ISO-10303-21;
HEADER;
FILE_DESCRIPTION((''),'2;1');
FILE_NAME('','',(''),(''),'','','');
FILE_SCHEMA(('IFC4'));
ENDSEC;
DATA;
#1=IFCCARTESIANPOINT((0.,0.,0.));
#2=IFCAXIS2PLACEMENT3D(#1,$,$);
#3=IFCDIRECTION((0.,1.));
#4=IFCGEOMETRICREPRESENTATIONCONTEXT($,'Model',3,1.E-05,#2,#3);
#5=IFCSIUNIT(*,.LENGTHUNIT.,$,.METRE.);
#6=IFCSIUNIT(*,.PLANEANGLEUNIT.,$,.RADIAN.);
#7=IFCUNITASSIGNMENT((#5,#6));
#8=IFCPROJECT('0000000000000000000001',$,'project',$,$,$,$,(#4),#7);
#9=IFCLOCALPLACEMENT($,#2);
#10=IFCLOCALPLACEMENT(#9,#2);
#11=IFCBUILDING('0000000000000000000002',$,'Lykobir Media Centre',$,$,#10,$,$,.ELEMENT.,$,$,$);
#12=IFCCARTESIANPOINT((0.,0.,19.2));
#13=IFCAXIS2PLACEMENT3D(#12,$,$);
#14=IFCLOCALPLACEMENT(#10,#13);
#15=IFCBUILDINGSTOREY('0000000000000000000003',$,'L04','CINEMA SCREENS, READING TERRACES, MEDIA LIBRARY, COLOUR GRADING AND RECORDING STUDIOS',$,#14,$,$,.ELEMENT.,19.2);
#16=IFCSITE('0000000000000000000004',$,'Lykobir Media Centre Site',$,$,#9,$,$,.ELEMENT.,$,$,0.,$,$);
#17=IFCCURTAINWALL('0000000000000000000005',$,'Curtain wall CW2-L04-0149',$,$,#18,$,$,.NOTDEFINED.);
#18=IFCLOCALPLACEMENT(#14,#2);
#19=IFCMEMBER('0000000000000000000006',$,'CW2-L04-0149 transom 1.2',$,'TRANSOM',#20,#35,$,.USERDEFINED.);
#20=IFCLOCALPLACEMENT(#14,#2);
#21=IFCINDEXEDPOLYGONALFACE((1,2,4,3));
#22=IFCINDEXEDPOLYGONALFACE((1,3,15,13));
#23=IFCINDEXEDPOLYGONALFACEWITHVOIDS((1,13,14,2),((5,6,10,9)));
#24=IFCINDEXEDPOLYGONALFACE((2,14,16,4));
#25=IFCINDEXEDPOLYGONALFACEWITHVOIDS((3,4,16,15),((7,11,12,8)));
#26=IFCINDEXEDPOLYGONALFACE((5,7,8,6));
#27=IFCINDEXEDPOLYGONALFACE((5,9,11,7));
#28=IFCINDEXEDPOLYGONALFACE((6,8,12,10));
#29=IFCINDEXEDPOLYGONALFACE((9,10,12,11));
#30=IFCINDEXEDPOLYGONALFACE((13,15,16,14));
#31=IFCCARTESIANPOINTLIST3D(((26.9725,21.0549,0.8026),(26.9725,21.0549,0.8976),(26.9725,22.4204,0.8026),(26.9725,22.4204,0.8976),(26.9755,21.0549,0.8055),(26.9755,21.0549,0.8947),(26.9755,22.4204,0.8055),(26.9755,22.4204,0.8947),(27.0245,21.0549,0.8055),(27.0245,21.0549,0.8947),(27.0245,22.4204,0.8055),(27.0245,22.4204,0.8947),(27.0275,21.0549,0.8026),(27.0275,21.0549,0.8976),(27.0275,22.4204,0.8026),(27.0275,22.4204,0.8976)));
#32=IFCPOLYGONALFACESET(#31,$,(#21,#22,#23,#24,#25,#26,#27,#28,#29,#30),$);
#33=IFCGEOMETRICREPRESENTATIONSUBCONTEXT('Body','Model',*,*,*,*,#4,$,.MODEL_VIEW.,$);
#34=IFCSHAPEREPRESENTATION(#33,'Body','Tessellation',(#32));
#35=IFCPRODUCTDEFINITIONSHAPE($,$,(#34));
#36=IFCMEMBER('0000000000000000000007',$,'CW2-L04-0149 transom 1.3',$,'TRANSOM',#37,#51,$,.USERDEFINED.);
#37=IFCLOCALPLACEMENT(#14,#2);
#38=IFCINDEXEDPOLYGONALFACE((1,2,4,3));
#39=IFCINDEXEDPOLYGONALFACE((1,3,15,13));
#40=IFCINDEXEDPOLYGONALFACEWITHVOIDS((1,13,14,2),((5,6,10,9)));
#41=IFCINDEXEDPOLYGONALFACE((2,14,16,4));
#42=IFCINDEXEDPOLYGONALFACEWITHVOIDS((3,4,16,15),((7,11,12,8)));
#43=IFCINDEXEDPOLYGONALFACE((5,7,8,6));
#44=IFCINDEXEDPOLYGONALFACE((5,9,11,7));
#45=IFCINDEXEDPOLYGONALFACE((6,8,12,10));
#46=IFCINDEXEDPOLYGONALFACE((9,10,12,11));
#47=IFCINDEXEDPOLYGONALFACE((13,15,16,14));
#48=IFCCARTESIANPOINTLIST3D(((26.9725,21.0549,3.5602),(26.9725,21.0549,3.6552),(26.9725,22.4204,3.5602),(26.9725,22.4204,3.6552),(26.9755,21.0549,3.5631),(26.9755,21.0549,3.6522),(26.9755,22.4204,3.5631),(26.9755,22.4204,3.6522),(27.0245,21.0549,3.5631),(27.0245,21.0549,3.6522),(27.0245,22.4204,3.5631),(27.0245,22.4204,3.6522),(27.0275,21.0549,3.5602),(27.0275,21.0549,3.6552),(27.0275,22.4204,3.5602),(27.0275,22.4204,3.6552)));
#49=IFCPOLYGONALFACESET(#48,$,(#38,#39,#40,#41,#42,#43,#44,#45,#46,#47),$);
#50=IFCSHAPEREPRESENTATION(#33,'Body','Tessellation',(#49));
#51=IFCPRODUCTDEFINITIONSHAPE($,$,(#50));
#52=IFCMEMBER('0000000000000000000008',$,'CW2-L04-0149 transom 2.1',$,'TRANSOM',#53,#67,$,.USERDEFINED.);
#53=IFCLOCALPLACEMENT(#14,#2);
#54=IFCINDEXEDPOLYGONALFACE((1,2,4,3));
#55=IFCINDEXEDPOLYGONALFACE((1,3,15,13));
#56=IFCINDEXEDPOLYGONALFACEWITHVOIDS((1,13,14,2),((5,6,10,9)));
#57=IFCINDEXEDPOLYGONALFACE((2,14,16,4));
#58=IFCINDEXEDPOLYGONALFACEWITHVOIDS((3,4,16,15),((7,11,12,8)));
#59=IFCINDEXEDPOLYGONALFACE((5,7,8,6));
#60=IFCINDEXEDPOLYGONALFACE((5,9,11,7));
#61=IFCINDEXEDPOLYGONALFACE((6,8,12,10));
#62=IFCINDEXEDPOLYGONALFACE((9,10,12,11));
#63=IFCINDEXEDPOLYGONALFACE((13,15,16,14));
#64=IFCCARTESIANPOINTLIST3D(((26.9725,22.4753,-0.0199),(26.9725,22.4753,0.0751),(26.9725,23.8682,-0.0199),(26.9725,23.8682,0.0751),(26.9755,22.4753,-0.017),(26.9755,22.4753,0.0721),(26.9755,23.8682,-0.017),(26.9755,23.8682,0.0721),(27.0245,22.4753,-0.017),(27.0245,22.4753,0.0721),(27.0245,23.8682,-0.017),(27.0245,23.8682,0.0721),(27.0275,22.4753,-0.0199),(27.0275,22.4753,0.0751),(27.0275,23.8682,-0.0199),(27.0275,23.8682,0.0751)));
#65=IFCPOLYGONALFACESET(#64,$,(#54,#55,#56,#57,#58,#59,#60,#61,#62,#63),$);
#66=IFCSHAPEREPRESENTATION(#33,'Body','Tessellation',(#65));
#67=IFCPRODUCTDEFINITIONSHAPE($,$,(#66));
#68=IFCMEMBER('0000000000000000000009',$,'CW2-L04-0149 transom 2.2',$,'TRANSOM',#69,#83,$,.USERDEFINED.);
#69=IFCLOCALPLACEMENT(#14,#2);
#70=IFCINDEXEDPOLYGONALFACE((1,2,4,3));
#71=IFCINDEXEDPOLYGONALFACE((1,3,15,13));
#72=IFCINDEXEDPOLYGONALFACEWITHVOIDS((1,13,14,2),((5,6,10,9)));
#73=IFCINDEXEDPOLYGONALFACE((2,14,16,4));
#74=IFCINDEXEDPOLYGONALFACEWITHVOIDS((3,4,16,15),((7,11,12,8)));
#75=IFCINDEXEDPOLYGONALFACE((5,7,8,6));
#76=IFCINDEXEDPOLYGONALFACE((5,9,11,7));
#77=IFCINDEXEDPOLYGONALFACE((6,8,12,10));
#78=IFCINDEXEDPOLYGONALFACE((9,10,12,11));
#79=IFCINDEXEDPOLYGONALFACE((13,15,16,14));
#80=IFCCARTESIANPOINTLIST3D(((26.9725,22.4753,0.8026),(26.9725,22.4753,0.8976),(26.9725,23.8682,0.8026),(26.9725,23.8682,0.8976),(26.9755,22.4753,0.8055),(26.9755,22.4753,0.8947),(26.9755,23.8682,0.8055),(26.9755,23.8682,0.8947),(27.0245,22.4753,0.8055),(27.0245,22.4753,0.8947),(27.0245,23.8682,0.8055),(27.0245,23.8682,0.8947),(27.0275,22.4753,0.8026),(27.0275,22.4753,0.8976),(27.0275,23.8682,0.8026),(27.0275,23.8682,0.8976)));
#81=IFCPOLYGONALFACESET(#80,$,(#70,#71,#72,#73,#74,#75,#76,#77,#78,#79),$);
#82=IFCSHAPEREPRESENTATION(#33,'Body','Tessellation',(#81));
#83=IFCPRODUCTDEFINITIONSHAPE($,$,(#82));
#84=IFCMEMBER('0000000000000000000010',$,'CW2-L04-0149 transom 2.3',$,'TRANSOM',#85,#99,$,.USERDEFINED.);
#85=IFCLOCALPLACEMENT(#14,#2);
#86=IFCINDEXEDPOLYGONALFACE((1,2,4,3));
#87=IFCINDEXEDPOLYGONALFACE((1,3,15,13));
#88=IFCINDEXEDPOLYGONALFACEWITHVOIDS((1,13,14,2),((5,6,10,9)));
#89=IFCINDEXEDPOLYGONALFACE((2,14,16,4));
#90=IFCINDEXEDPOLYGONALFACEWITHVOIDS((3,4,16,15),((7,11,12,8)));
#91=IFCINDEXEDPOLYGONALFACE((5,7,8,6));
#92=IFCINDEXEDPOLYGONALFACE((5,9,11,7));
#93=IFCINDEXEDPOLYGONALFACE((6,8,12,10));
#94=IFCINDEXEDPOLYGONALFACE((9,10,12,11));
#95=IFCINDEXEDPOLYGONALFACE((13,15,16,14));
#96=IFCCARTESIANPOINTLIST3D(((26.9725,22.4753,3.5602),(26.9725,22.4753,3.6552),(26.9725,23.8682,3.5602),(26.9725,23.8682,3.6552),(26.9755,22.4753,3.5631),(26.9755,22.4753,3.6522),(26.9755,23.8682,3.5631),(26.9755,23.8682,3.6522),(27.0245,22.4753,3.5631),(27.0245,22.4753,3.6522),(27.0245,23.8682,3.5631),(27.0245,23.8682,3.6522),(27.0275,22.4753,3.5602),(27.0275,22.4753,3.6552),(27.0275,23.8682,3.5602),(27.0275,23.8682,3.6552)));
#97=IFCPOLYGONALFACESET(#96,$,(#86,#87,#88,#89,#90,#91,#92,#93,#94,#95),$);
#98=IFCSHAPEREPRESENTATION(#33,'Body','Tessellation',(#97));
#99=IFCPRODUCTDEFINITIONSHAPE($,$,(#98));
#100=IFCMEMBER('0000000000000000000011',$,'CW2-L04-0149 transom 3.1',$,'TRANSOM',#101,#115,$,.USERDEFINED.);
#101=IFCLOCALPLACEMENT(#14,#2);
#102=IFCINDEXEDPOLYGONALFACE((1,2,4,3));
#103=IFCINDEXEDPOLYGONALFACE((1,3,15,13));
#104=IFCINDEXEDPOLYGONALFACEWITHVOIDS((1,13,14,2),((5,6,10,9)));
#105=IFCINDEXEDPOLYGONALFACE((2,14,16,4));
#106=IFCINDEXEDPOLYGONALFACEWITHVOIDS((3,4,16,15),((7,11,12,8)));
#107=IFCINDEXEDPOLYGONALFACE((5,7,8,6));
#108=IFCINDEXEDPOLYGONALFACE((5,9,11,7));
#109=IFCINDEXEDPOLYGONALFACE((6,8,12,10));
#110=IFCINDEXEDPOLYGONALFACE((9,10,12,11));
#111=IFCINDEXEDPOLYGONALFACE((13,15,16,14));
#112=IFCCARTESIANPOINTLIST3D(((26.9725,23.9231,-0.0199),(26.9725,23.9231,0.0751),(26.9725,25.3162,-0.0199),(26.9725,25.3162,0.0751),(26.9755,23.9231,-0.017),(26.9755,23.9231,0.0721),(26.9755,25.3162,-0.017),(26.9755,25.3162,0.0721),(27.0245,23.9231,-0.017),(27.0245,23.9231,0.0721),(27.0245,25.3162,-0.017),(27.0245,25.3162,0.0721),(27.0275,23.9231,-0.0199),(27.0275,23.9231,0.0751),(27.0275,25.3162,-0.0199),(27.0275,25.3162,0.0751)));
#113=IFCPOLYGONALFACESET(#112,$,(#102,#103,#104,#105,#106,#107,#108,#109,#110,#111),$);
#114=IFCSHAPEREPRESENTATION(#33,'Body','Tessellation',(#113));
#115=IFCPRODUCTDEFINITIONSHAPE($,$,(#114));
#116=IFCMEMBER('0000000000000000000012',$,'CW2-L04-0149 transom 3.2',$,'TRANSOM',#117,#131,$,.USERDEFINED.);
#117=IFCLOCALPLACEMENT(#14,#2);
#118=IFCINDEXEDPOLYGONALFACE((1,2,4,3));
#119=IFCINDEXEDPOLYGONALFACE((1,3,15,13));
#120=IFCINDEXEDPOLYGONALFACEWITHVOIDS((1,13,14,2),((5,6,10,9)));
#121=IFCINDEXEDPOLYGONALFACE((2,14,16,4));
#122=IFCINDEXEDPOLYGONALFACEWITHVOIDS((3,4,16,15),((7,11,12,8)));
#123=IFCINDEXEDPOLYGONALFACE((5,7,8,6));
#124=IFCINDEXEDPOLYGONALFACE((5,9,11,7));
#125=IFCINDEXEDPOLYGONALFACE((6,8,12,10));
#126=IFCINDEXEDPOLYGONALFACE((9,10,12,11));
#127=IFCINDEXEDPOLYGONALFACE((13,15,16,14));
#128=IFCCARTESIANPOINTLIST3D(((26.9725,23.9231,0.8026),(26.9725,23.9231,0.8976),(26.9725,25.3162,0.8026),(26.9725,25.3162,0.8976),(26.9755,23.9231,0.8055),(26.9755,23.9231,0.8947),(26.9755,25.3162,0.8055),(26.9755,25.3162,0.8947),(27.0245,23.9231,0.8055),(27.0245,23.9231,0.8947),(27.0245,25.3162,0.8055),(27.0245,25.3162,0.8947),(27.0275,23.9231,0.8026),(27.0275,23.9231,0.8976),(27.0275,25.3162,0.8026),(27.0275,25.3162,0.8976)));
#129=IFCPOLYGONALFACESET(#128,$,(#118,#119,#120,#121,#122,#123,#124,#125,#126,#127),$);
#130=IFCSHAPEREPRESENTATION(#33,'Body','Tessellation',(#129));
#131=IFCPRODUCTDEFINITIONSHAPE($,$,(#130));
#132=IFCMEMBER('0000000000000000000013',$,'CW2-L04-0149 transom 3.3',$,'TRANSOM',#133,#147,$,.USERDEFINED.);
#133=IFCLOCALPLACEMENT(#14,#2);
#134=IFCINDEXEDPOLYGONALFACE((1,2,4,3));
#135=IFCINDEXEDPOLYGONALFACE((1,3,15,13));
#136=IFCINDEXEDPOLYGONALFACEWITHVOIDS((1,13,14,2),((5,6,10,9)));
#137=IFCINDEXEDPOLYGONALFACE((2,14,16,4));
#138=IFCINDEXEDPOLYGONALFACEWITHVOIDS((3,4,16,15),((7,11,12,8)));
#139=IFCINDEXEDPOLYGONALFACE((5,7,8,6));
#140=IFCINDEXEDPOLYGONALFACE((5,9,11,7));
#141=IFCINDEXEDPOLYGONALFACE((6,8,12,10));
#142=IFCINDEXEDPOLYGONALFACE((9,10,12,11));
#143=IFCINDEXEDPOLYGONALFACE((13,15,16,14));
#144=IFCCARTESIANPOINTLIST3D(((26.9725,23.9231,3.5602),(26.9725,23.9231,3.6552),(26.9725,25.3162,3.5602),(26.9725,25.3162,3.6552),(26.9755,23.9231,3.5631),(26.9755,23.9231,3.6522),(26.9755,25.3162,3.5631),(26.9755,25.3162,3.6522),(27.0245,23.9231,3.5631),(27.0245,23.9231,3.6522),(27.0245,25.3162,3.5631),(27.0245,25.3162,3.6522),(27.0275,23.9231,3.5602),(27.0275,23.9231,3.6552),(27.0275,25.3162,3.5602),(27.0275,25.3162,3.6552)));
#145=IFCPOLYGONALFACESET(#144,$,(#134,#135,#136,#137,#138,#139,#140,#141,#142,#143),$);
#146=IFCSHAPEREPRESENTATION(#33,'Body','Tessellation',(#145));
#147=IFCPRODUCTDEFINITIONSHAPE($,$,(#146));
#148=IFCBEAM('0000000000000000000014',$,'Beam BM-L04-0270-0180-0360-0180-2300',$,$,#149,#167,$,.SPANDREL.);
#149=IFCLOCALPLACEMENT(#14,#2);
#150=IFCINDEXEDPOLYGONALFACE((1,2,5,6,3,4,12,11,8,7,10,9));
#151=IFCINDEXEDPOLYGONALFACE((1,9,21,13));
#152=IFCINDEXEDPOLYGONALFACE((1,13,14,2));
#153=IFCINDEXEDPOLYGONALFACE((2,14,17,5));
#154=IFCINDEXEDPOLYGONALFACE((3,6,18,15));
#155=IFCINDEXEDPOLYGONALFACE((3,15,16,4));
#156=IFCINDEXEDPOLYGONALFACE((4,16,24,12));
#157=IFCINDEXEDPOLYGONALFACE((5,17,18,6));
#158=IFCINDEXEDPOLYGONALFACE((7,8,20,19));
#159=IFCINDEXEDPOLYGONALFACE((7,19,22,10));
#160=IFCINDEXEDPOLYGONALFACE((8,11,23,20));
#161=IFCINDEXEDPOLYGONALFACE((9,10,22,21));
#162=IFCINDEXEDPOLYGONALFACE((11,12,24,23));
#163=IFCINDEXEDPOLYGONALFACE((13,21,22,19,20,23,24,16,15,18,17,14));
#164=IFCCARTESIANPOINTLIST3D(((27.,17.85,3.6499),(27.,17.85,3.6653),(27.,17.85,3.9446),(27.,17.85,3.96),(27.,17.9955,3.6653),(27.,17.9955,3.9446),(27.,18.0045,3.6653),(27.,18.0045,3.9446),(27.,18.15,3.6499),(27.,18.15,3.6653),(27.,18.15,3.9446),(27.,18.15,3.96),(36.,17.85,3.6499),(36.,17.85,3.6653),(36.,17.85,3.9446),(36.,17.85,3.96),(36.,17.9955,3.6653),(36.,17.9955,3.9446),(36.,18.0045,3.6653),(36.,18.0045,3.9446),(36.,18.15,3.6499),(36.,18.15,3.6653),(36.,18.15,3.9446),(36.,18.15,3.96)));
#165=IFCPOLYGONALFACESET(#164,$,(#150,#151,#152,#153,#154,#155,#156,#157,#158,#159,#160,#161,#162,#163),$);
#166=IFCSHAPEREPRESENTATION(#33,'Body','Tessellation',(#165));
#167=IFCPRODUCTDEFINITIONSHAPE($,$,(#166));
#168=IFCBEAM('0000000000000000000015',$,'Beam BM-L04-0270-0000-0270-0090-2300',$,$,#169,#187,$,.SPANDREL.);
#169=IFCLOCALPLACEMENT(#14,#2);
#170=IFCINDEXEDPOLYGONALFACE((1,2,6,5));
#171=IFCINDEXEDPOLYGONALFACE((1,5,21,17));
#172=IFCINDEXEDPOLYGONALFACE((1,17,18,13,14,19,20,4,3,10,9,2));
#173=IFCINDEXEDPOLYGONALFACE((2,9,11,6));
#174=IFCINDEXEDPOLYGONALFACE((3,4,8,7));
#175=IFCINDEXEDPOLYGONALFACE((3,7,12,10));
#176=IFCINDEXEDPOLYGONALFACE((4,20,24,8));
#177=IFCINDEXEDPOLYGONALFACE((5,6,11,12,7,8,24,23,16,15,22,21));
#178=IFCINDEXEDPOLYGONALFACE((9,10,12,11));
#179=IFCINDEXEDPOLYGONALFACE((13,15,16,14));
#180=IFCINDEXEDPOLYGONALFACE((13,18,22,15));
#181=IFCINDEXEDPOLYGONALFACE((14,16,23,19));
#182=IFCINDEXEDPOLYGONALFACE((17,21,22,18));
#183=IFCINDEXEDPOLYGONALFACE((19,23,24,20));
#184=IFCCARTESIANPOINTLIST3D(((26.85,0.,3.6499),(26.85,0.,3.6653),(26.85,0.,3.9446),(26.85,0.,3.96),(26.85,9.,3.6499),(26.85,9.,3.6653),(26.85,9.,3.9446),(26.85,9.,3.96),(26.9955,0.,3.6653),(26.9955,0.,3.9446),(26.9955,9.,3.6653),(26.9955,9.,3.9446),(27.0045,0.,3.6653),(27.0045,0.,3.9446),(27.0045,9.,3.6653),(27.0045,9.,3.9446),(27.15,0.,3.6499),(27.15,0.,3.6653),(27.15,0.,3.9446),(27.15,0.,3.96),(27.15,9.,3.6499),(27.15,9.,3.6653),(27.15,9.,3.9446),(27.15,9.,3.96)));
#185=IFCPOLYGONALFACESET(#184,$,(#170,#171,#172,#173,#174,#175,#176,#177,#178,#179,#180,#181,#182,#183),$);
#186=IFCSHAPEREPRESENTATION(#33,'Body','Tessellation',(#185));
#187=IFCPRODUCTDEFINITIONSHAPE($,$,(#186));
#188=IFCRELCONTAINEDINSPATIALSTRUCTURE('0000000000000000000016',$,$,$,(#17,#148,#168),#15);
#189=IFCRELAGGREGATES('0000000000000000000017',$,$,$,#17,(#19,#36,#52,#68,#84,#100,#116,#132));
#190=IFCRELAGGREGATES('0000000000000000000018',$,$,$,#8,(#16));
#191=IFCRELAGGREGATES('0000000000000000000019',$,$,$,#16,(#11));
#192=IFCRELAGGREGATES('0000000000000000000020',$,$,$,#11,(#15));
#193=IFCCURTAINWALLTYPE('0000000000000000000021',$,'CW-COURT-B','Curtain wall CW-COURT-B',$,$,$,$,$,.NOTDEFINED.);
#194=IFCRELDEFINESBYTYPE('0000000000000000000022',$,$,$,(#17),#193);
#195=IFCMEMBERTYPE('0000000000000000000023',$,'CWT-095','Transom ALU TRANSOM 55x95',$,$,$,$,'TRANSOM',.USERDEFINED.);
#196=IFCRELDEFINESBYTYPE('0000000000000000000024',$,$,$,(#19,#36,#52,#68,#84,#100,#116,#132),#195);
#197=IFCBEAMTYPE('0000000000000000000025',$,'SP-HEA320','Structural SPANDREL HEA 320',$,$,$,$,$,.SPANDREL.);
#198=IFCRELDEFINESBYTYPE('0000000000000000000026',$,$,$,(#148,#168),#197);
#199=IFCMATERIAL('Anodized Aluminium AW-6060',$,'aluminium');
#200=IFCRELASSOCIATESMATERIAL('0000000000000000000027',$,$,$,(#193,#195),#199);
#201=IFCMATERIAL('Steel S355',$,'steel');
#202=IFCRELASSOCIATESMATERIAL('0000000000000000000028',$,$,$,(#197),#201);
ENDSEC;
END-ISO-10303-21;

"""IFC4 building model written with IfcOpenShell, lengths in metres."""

from ifc_helpers import new_model, si_unit, direction, frame, origin, origin_2d, place, context, subcontext, project, spatial, hollow_rectangle, i_section, extrude, material, material_profile, profile_set, type_object, element, aggregate, save


model = new_model("IFC4")

# Units and contexts
model_context = context("Model", 3, precision=1e-05, world=origin(), true_north=direction((0.0, 1.0)))
body_context = subcontext(model_context, "Body", "Model", "MODEL_VIEW")
ifc_project = project(units=[si_unit("LENGTHUNIT", "METRE"), si_unit("PLANEANGLEUNIT", "RADIAN")], contexts=[model_context])

# Site, building, storey
site_placement = place(None, origin())
site = spatial("IfcSite", under=ifc_project, at=site_placement, Name="Lykobir Media Centre Site", CompositionType="ELEMENT", RefElevation=0.0)
building_placement = place(site_placement, origin())
building = spatial("IfcBuilding", under=site, at=building_placement, Name="Lykobir Media Centre", CompositionType="ELEMENT")
storey_placement = place(building_placement, frame((0.0, 0.0, 19.2)))
storey = spatial("IfcBuildingStorey", under=building, at=storey_placement, Name="L04", Description="CINEMA SCREENS, READING TERRACES, MEDIA LIBRARY, COLOUR GRADING AND RECORDING STUDIOS", CompositionType="ELEMENT", Elevation=19.2)

# Shared definitions
ifc_material_1 = material(Name="Steel S355", Category="steel")

# Curtain wall, members
ifc_material_2 = material(Name="Anodized Aluminium AW-6060", Category="aluminium")
curtain_wall_type = type_object("IfcCurtainWallType", Name="CW-COURT-B", Description="Curtain wall CW-COURT-B", PredefinedType="NOTDEFINED", material=ifc_material_2)
curtain_wall_placement = place(storey_placement, origin())
curtain_wall = element("IfcCurtainWall", 1, at=curtain_wall_placement, inside=storey, type_object=curtain_wall_type, Name="Curtain wall CW2-L04-0149", PredefinedType="NOTDEFINED")
ifc_material_profile_1 = material_profile(ifc_material_2, hollow_rectangle(XDim=0.0549, YDim=0.095, WallThickness=0.0029, at=origin_2d()), Name="ALU TRANSOM 55x95")
ifc_profile_set_1 = profile_set([ifc_material_profile_1], Name="Anodized Aluminium AW-6060")
member_type_1 = type_object("IfcMemberType", Name="CWT-095", Description="Transom ALU TRANSOM 55x95", ElementType="TRANSOM", PredefinedType="USERDEFINED", material=ifc_profile_set_1)
member_1_placement = place(storey_placement, frame((27.0, 21.0549, 0.8501), z_axis=(0.0, 1.0, 0.0), x_axis=(-1.0, 0.0, 0.0)))
member_1 = element("IfcMember", 2, at=member_1_placement, type_object=member_type_1, Name="CW2-L04-0149 transom 1.2", ObjectType="TRANSOM", PredefinedType="USERDEFINED", context=body_context, shape_type="SweptSolid", body=[
    extrude(hollow_rectangle(XDim=0.0549, YDim=0.095, WallThickness=0.0029, at=origin_2d()), origin(), (0.0, 0.0, 1.0), 1.3655),
])
member_2_placement = place(storey_placement, frame((27.0, 21.0549, 3.6077), z_axis=(0.0, 1.0, 0.0), x_axis=(-1.0, 0.0, 0.0)))
member_2 = element("IfcMember", 3, at=member_2_placement, type_object=member_type_1, Name="CW2-L04-0149 transom 1.3", ObjectType="TRANSOM", PredefinedType="USERDEFINED", context=body_context, shape_type="SweptSolid", body=[
    extrude(hollow_rectangle(XDim=0.0549, YDim=0.095, WallThickness=0.0029, at=origin_2d()), origin(), (0.0, 0.0, 1.0), 1.3655),
])
member_3_placement = place(storey_placement, frame((27.0, 22.4753, 0.0276), z_axis=(0.0, 1.0, 0.0), x_axis=(-1.0, 0.0, 0.0)))
member_3 = element("IfcMember", 4, at=member_3_placement, type_object=member_type_1, Name="CW2-L04-0149 transom 2.1", ObjectType="TRANSOM", PredefinedType="USERDEFINED", context=body_context, shape_type="SweptSolid", body=[
    extrude(hollow_rectangle(XDim=0.0549, YDim=0.095, WallThickness=0.0029, at=origin_2d()), origin(), (0.0, 0.0, 1.0), 1.3928),
])
member_4_placement = place(storey_placement, frame((27.0, 22.4753, 0.8501), z_axis=(0.0, 1.0, 0.0), x_axis=(-1.0, 0.0, 0.0)))
member_4 = element("IfcMember", 5, at=member_4_placement, type_object=member_type_1, Name="CW2-L04-0149 transom 2.2", ObjectType="TRANSOM", PredefinedType="USERDEFINED", context=body_context, shape_type="SweptSolid", body=[
    extrude(hollow_rectangle(XDim=0.0549, YDim=0.095, WallThickness=0.0029, at=origin_2d()), origin(), (0.0, 0.0, 1.0), 1.3928),
])
member_5_placement = place(storey_placement, frame((27.0, 22.4753, 3.6077), z_axis=(0.0, 1.0, 0.0), x_axis=(-1.0, 0.0, 0.0)))
member_5 = element("IfcMember", 6, at=member_5_placement, type_object=member_type_1, Name="CW2-L04-0149 transom 2.3", ObjectType="TRANSOM", PredefinedType="USERDEFINED", context=body_context, shape_type="SweptSolid", body=[
    extrude(hollow_rectangle(XDim=0.0549, YDim=0.095, WallThickness=0.0029, at=origin_2d()), origin(), (0.0, 0.0, 1.0), 1.3928),
])
member_6_placement = place(storey_placement, frame((27.0, 23.9231, 0.0276), z_axis=(0.0, 1.0, 0.0), x_axis=(-1.0, 0.0, 0.0)))
member_6 = element("IfcMember", 7, at=member_6_placement, type_object=member_type_1, Name="CW2-L04-0149 transom 3.1", ObjectType="TRANSOM", PredefinedType="USERDEFINED", context=body_context, shape_type="SweptSolid", body=[
    extrude(hollow_rectangle(XDim=0.0549, YDim=0.095, WallThickness=0.0029, at=origin_2d()), origin(), (0.0, 0.0, 1.0), 1.3931),
])
member_7_placement = place(storey_placement, frame((27.0, 23.9231, 0.8501), z_axis=(0.0, 1.0, 0.0), x_axis=(-1.0, 0.0, 0.0)))
member_7 = element("IfcMember", 8, at=member_7_placement, type_object=member_type_1, Name="CW2-L04-0149 transom 3.2", ObjectType="TRANSOM", PredefinedType="USERDEFINED", context=body_context, shape_type="SweptSolid", body=[
    extrude(hollow_rectangle(XDim=0.0549, YDim=0.095, WallThickness=0.0029, at=origin_2d()), origin(), (0.0, 0.0, 1.0), 1.3931),
])
member_8_placement = place(storey_placement, frame((27.0, 23.9231, 3.6077), z_axis=(0.0, 1.0, 0.0), x_axis=(-1.0, 0.0, 0.0)))
member_8 = element("IfcMember", 9, at=member_8_placement, type_object=member_type_1, Name="CW2-L04-0149 transom 3.3", ObjectType="TRANSOM", PredefinedType="USERDEFINED", context=body_context, shape_type="SweptSolid", body=[
    extrude(hollow_rectangle(XDim=0.0549, YDim=0.095, WallThickness=0.0029, at=origin_2d()), origin(), (0.0, 0.0, 1.0), 1.3931),
])

# Beams
ifc_material_profile_2 = material_profile(ifc_material_1, i_section(OverallWidth=0.3, OverallDepth=0.3101, WebThickness=0.009, FlangeThickness=0.0154, at=origin_2d()), Name="HEA 320")
ifc_profile_set_2 = profile_set([ifc_material_profile_2], Name="Steel S355")
beam_type_1 = type_object("IfcBeamType", Name="SP-HEA320", Description="Structural SPANDREL HEA 320", PredefinedType="SPANDREL", material=ifc_profile_set_2)
for number, where, z_axis, x_axis, name in (
    (10, (27.0, 18.0, 3.8049), (1.0, 0.0, 0.0), (0.0, 1.0, 0.0), "Beam BM-L04-0270-0180-0360-0180-2300"),
    (11, (27.0, 0.0, 3.8049), (0.0, 1.0, 0.0), (-1.0, 0.0, 0.0), "Beam BM-L04-0270-0000-0270-0090-2300"),
):
    element("IfcBeam", number, at=place(storey_placement, frame(where, z_axis=z_axis, x_axis=x_axis)), inside=storey, type_object=beam_type_1, Name=name, PredefinedType="SPANDREL", context=body_context, shape_type="SweptSolid", body=[
        extrude(i_section(OverallWidth=0.3, OverallDepth=0.3101, WebThickness=0.009, FlangeThickness=0.0154, at=origin_2d()), origin(), (0.0, 0.0, 1.0), 9.0),
    ])

aggregate(curtain_wall, [member_1, member_2, member_3, member_4, member_5, member_6, member_7, member_8])

save(model, "model.ifc")
